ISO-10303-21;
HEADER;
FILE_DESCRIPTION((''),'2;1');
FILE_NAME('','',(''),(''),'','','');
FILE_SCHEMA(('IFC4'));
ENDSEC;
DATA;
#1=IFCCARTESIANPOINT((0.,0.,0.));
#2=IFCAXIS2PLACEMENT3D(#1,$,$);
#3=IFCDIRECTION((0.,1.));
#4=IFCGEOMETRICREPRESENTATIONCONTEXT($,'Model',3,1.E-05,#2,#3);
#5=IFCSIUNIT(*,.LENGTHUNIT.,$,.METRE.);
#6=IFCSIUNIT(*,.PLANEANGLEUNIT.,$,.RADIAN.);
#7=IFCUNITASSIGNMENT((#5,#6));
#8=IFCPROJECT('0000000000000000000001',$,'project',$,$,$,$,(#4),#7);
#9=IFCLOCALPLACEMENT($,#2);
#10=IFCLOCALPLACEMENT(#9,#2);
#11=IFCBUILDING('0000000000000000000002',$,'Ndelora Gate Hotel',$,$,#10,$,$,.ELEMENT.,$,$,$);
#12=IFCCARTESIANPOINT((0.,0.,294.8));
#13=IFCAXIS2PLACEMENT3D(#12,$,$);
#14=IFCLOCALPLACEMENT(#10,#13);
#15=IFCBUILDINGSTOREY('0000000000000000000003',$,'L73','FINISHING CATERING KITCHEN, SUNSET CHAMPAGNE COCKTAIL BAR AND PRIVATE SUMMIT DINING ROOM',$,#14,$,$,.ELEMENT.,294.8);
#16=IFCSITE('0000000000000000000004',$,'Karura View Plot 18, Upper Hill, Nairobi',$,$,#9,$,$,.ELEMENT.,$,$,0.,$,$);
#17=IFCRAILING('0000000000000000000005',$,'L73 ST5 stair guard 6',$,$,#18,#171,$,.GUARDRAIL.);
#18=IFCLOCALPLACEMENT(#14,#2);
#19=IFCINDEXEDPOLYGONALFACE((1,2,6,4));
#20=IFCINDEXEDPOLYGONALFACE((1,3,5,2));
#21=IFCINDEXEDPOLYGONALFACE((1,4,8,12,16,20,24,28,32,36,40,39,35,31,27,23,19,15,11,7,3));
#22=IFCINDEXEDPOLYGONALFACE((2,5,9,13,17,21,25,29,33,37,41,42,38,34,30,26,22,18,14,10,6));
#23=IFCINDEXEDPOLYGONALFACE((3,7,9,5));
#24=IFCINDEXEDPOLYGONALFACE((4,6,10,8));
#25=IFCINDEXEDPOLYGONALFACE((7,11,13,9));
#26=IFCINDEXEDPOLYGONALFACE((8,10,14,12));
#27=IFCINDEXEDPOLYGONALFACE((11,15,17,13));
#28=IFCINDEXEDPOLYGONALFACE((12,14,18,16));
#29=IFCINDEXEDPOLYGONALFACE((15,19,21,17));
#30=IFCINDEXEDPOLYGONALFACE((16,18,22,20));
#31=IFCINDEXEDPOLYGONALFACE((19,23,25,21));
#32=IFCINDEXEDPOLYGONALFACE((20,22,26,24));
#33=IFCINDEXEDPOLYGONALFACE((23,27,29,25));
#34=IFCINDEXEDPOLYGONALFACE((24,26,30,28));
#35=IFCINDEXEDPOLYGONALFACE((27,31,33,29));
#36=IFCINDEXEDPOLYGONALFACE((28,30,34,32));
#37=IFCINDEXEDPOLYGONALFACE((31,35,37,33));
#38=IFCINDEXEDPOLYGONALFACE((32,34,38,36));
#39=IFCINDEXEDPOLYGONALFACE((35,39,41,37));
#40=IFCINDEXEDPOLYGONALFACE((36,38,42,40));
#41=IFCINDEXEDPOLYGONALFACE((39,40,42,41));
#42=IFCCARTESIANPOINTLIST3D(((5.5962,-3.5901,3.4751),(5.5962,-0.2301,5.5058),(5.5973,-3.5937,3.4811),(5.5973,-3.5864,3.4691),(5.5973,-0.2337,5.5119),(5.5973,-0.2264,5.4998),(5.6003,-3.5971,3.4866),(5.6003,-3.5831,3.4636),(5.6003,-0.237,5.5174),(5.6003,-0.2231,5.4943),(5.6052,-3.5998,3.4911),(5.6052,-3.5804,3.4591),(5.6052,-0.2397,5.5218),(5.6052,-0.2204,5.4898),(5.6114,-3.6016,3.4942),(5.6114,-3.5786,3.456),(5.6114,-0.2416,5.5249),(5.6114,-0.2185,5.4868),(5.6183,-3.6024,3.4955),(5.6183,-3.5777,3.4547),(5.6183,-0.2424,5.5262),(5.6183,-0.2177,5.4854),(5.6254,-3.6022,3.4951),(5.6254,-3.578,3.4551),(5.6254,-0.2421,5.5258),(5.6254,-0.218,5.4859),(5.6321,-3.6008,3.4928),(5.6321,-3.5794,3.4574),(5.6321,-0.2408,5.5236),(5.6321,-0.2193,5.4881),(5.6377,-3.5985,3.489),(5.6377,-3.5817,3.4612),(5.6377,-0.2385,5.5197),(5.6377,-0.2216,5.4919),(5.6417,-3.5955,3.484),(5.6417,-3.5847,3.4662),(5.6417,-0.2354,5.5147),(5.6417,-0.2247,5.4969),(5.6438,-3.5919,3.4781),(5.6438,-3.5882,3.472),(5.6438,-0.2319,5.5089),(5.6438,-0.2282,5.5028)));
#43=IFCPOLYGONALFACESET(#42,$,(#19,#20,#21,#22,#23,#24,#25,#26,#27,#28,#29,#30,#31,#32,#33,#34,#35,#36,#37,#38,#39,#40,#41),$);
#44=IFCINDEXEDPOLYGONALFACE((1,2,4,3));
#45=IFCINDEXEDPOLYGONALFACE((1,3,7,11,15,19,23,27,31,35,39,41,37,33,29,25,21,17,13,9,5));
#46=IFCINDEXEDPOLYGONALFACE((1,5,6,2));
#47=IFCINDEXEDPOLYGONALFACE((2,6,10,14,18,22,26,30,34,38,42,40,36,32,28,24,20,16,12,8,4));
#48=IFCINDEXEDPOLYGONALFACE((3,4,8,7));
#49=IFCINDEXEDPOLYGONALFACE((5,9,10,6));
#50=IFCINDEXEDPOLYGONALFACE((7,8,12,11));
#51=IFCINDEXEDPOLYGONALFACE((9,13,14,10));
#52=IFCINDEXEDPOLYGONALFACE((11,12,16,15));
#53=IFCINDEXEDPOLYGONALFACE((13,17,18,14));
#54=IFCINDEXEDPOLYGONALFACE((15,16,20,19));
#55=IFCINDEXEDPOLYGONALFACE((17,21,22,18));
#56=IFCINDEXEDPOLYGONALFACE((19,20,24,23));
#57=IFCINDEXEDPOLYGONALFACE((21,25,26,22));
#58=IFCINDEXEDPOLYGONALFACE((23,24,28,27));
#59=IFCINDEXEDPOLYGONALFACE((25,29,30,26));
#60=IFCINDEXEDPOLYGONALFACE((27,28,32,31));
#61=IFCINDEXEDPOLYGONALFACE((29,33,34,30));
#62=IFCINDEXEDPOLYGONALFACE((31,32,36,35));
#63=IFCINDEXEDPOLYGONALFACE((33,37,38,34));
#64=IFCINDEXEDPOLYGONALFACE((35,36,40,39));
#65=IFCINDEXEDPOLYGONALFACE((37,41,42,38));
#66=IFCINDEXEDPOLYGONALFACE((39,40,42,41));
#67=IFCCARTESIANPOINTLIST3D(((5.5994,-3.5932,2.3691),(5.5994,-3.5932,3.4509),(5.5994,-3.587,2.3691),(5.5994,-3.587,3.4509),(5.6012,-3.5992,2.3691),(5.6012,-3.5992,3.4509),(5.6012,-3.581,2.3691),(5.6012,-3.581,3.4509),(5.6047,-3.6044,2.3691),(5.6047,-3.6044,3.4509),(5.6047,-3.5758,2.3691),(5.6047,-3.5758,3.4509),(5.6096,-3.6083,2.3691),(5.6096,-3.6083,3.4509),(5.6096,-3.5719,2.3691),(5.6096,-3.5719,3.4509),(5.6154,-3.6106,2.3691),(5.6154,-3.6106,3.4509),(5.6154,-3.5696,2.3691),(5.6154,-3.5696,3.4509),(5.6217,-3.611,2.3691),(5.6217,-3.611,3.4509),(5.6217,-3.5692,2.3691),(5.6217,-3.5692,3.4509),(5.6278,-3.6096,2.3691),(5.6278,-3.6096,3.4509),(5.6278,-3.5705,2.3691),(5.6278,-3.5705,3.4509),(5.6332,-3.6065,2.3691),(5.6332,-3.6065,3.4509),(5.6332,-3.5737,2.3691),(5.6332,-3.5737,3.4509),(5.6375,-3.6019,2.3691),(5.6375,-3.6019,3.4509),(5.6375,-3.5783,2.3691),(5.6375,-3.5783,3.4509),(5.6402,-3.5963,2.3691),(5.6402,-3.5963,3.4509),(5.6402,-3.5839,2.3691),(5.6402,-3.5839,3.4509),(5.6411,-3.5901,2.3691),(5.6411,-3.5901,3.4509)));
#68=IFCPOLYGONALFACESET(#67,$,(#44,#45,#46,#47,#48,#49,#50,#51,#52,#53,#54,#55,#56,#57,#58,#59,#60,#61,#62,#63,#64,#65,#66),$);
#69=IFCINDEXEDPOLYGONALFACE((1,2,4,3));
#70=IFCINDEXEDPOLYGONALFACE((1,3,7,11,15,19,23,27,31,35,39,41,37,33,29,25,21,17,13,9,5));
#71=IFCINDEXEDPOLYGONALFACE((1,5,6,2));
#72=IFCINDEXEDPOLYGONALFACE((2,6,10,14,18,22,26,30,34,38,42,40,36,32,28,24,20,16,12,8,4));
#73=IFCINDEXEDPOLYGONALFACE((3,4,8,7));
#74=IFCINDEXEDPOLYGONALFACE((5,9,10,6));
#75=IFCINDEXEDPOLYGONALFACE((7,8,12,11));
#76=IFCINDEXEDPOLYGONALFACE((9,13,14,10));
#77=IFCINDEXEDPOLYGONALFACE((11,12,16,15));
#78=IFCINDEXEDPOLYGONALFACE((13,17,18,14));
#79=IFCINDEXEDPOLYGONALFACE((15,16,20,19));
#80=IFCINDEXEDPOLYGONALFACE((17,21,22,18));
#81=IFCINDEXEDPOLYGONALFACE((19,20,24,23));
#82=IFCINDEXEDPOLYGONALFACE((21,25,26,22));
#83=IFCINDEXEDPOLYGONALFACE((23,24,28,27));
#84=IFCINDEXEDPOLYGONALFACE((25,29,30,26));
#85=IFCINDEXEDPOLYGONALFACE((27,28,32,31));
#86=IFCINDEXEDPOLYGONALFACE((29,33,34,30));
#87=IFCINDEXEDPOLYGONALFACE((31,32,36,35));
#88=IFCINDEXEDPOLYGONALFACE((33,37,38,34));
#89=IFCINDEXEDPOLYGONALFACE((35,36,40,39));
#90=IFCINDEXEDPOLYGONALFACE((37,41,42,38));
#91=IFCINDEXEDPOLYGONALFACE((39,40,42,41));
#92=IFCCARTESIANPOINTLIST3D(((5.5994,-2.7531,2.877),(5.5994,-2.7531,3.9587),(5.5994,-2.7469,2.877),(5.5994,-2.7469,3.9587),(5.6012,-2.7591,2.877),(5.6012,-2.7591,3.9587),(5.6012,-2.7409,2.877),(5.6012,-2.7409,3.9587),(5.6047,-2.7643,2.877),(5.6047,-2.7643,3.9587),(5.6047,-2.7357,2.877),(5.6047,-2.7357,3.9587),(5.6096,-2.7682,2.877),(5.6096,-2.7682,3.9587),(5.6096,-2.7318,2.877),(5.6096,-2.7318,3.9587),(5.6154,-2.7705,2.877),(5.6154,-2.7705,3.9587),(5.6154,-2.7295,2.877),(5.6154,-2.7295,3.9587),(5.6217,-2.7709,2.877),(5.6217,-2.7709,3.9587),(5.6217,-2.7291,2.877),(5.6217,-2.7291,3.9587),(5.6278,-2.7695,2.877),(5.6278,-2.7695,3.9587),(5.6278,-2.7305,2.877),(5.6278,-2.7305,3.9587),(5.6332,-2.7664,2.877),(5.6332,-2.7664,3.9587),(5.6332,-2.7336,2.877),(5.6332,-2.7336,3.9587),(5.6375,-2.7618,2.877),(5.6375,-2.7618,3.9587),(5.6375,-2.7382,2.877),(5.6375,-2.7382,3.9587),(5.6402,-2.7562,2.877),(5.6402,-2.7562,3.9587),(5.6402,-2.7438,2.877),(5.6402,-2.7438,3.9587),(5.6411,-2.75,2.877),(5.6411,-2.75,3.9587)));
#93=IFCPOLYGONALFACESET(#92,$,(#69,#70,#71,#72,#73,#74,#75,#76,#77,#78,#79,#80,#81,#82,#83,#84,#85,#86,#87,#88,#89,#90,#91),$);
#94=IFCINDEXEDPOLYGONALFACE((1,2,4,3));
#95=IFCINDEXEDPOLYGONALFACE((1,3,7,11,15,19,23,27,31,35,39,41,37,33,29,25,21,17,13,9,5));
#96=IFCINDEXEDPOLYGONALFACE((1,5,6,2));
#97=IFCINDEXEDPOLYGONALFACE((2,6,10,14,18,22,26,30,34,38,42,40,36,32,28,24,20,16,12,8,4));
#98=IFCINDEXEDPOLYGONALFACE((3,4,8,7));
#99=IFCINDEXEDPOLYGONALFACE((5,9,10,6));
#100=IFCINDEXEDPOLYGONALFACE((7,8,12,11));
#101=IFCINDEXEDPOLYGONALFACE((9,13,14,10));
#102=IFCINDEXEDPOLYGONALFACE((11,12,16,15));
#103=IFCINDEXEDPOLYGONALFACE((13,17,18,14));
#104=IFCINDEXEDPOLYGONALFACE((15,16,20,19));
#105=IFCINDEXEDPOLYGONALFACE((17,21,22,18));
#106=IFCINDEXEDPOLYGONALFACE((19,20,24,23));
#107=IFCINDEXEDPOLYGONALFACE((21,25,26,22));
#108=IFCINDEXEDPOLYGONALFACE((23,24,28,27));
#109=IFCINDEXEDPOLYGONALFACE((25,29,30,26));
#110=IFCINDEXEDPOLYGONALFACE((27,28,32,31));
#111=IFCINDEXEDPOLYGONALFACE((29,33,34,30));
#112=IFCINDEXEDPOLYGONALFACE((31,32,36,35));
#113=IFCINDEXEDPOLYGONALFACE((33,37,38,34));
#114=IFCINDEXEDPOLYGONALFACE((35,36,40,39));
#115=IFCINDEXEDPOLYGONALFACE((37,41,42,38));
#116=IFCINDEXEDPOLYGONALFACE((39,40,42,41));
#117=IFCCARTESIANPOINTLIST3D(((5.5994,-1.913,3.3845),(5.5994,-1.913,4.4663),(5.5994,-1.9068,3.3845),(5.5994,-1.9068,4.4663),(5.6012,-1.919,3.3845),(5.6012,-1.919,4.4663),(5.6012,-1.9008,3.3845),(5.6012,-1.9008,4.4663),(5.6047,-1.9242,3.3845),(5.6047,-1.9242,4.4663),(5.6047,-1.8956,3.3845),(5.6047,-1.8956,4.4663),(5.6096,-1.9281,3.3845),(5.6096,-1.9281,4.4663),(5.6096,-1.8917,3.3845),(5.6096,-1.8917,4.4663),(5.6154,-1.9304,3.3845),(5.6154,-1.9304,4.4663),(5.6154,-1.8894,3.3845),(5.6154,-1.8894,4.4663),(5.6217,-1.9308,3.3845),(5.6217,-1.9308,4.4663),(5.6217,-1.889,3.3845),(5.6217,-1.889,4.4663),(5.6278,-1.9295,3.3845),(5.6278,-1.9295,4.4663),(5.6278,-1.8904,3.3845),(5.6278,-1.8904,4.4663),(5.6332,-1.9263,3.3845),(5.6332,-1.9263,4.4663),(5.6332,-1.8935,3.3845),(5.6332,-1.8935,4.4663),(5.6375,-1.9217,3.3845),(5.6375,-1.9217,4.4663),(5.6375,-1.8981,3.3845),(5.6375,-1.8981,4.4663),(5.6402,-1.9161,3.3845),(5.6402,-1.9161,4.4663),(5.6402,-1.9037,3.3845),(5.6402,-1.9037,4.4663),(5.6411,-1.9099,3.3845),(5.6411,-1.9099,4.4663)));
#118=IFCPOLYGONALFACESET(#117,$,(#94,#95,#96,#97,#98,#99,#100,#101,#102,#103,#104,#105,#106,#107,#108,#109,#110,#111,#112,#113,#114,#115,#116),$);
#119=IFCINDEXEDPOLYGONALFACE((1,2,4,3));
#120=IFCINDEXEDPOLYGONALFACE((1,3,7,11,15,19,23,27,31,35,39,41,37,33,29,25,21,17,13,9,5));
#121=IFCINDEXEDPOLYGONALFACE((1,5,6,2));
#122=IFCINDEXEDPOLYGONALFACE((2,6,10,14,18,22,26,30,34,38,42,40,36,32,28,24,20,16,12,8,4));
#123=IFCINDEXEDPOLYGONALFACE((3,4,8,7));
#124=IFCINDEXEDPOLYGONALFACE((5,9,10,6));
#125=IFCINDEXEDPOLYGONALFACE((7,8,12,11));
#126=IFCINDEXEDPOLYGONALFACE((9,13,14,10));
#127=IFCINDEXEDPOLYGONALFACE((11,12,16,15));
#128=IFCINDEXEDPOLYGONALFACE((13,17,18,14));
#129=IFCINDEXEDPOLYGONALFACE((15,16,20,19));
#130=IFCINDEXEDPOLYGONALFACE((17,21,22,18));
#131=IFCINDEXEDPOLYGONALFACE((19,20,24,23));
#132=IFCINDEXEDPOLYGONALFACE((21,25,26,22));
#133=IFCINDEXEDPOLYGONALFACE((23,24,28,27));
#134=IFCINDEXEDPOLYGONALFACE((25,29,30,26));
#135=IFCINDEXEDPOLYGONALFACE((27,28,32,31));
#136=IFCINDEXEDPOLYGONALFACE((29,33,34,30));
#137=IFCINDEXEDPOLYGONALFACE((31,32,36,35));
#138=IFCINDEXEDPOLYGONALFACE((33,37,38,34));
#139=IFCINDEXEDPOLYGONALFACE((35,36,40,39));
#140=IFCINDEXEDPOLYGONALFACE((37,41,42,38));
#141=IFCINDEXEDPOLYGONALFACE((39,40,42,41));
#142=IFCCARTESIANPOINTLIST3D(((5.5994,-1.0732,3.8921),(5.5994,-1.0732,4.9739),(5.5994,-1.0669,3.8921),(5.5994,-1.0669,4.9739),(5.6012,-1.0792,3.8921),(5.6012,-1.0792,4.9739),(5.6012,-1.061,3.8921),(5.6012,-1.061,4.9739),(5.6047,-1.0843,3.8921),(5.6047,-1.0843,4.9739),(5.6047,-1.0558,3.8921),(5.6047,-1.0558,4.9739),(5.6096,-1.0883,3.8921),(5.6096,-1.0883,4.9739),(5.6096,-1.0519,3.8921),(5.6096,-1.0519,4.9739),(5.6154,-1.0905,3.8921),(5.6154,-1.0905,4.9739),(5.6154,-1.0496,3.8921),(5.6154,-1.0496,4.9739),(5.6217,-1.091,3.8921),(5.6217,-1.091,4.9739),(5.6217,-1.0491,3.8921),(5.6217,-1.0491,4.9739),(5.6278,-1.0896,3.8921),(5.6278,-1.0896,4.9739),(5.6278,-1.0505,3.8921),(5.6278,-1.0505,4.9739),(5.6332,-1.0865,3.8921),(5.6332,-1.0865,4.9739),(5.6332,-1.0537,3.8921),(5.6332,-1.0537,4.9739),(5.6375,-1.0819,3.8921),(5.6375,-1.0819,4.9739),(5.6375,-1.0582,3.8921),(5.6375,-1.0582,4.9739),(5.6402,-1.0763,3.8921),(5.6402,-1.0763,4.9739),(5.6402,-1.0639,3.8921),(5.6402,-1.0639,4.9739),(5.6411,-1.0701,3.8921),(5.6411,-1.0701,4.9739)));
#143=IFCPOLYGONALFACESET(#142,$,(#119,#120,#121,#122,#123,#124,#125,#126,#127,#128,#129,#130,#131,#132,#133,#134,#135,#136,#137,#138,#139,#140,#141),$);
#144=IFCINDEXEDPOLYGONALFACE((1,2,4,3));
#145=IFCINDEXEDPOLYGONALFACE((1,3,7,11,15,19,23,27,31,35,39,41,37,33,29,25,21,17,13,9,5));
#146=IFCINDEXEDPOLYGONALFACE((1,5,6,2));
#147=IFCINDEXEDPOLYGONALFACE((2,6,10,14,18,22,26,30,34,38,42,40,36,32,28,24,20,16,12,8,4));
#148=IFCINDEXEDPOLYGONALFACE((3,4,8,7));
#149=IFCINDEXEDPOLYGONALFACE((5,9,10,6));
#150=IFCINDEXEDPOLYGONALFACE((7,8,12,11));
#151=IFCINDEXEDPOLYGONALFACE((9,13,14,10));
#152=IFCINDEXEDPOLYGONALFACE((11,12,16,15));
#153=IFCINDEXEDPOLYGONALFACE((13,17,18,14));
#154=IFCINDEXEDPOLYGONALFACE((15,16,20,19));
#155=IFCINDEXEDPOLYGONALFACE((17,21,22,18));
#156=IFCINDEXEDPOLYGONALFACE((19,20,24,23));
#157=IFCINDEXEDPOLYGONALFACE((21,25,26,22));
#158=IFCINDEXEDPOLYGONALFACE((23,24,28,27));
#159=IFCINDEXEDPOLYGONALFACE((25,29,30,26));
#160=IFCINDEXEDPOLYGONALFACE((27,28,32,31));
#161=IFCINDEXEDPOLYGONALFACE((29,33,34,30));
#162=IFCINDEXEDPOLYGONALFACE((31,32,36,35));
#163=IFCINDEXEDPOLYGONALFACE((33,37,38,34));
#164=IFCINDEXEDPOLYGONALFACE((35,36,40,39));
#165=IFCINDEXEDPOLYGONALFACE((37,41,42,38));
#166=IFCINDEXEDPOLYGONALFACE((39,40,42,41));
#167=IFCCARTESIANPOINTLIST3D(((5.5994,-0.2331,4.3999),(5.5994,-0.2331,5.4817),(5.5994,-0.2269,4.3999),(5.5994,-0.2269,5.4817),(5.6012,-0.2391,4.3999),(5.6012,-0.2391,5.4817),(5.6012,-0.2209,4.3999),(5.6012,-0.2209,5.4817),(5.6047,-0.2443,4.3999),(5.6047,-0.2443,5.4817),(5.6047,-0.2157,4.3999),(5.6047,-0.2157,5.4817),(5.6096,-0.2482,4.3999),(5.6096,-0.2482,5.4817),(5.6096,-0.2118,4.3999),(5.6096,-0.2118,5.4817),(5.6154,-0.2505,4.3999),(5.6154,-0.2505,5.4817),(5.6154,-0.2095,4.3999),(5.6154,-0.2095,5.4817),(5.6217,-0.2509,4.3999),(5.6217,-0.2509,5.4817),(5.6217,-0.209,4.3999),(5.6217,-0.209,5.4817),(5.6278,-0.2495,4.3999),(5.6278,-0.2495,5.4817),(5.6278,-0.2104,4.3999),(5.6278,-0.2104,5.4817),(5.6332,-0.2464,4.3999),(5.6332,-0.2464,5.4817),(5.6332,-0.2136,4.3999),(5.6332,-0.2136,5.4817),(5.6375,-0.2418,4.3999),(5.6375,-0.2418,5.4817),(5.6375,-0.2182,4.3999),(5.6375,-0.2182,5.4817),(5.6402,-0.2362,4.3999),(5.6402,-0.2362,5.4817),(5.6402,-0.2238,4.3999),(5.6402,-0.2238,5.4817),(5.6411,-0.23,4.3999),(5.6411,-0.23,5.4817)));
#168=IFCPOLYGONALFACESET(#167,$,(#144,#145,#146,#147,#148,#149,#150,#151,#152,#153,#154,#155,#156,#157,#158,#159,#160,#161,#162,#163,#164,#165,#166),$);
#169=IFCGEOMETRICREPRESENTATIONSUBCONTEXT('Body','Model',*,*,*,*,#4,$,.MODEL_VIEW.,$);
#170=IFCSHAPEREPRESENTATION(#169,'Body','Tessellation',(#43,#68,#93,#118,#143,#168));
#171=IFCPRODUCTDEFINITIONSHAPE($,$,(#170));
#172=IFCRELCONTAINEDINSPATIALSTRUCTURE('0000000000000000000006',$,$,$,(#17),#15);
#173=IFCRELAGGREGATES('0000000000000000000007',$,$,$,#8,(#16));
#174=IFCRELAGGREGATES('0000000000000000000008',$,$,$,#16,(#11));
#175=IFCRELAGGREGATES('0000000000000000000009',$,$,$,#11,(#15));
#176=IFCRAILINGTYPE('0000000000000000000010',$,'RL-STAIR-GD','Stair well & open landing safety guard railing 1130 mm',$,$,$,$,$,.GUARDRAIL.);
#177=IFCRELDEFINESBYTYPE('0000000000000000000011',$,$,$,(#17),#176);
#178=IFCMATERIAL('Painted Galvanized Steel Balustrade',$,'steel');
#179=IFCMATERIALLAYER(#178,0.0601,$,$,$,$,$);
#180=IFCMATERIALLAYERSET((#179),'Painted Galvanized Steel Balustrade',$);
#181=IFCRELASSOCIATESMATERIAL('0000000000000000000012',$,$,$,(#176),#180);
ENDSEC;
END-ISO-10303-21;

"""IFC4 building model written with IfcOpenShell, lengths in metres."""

from ifc_helpers import new_model, si_unit, direction, frame, origin, origin_2d, place, context, subcontext, project, spatial, circle, extrude, material, layer, layer_set, type_object, element, save


model = new_model("IFC4")

# Units and contexts
model_context = context("Model", 3, precision=1e-05, world=origin(), true_north=direction((0.0, 1.0)))
body_context = subcontext(model_context, "Body", "Model", "MODEL_VIEW")
ifc_project = project(units=[si_unit("LENGTHUNIT", "METRE"), si_unit("PLANEANGLEUNIT", "RADIAN")], contexts=[model_context])

# Site, building, storey
site_placement = place(None, origin())
site = spatial("IfcSite", under=ifc_project, at=site_placement, Name="Karura View Plot 18, Upper Hill, Nairobi", CompositionType="ELEMENT", RefElevation=0.0)
building_placement = place(site_placement, origin())
building = spatial("IfcBuilding", under=site, at=building_placement, Name="Ndelora Gate Hotel", CompositionType="ELEMENT")
storey_placement = place(building_placement, frame((0.0, 0.0, 294.8)))
storey = spatial("IfcBuildingStorey", under=building, at=storey_placement, Name="L73", Description="FINISHING CATERING KITCHEN, SUNSET CHAMPAGNE COCKTAIL BAR AND PRIVATE SUMMIT DINING ROOM", CompositionType="ELEMENT", Elevation=294.8)

# Railing
ifc_material_1 = material(Name="Painted Galvanized Steel Balustrade", Category="steel")
ifc_layer_1 = layer(ifc_material_1, 0.0601)
ifc_layer_set_1 = layer_set([ifc_layer_1], Name="Painted Galvanized Steel Balustrade")
railing_type_1 = type_object("IfcRailingType", Name="RL-STAIR-GD", Description="Stair well & open landing safety guard railing 1130 mm", PredefinedType="GUARDRAIL", material=ifc_layer_set_1)
railing_1_placement = place(storey_placement, frame((5.6201, -3.5901, 2.3691)))
element("IfcRailing", 1, at=railing_1_placement, inside=storey, type_object=railing_type_1, Name="L73 ST5 stair guard 6", PredefinedType="GUARDRAIL", context=body_context, shape_type="SweptSolid", body=[
    extrude(circle(Radius=0.0239, at=origin_2d()), frame((0.0, 0.0, 1.106), z_axis=(0.0, 0.855837, 0.517246), x_axis=(-1.0, 0.0, 0.0)), (0.0, 0.0, 1.0), 3.926),
    extrude(circle(Radius=0.021, at=origin_2d()), origin(), (0.0, 0.0, 1.0), 1.0818),
    extrude(circle(Radius=0.021, at=origin_2d()), frame((0.0, 0.8401, 0.5078)), (0.0, 0.0, 1.0), 1.0818),
    extrude(circle(Radius=0.021, at=origin_2d()), frame((0.0, 1.6802, 1.0154)), (0.0, 0.0, 1.0), 1.0818),
    extrude(circle(Radius=0.021, at=origin_2d()), frame((0.0, 2.52, 1.5229)), (0.0, 0.0, 1.0), 1.0818),
    extrude(circle(Radius=0.021, at=origin_2d()), frame((0.0, 3.3601, 2.0308)), (0.0, 0.0, 1.0), 1.0818),
])

save(model, "model.ifc")
